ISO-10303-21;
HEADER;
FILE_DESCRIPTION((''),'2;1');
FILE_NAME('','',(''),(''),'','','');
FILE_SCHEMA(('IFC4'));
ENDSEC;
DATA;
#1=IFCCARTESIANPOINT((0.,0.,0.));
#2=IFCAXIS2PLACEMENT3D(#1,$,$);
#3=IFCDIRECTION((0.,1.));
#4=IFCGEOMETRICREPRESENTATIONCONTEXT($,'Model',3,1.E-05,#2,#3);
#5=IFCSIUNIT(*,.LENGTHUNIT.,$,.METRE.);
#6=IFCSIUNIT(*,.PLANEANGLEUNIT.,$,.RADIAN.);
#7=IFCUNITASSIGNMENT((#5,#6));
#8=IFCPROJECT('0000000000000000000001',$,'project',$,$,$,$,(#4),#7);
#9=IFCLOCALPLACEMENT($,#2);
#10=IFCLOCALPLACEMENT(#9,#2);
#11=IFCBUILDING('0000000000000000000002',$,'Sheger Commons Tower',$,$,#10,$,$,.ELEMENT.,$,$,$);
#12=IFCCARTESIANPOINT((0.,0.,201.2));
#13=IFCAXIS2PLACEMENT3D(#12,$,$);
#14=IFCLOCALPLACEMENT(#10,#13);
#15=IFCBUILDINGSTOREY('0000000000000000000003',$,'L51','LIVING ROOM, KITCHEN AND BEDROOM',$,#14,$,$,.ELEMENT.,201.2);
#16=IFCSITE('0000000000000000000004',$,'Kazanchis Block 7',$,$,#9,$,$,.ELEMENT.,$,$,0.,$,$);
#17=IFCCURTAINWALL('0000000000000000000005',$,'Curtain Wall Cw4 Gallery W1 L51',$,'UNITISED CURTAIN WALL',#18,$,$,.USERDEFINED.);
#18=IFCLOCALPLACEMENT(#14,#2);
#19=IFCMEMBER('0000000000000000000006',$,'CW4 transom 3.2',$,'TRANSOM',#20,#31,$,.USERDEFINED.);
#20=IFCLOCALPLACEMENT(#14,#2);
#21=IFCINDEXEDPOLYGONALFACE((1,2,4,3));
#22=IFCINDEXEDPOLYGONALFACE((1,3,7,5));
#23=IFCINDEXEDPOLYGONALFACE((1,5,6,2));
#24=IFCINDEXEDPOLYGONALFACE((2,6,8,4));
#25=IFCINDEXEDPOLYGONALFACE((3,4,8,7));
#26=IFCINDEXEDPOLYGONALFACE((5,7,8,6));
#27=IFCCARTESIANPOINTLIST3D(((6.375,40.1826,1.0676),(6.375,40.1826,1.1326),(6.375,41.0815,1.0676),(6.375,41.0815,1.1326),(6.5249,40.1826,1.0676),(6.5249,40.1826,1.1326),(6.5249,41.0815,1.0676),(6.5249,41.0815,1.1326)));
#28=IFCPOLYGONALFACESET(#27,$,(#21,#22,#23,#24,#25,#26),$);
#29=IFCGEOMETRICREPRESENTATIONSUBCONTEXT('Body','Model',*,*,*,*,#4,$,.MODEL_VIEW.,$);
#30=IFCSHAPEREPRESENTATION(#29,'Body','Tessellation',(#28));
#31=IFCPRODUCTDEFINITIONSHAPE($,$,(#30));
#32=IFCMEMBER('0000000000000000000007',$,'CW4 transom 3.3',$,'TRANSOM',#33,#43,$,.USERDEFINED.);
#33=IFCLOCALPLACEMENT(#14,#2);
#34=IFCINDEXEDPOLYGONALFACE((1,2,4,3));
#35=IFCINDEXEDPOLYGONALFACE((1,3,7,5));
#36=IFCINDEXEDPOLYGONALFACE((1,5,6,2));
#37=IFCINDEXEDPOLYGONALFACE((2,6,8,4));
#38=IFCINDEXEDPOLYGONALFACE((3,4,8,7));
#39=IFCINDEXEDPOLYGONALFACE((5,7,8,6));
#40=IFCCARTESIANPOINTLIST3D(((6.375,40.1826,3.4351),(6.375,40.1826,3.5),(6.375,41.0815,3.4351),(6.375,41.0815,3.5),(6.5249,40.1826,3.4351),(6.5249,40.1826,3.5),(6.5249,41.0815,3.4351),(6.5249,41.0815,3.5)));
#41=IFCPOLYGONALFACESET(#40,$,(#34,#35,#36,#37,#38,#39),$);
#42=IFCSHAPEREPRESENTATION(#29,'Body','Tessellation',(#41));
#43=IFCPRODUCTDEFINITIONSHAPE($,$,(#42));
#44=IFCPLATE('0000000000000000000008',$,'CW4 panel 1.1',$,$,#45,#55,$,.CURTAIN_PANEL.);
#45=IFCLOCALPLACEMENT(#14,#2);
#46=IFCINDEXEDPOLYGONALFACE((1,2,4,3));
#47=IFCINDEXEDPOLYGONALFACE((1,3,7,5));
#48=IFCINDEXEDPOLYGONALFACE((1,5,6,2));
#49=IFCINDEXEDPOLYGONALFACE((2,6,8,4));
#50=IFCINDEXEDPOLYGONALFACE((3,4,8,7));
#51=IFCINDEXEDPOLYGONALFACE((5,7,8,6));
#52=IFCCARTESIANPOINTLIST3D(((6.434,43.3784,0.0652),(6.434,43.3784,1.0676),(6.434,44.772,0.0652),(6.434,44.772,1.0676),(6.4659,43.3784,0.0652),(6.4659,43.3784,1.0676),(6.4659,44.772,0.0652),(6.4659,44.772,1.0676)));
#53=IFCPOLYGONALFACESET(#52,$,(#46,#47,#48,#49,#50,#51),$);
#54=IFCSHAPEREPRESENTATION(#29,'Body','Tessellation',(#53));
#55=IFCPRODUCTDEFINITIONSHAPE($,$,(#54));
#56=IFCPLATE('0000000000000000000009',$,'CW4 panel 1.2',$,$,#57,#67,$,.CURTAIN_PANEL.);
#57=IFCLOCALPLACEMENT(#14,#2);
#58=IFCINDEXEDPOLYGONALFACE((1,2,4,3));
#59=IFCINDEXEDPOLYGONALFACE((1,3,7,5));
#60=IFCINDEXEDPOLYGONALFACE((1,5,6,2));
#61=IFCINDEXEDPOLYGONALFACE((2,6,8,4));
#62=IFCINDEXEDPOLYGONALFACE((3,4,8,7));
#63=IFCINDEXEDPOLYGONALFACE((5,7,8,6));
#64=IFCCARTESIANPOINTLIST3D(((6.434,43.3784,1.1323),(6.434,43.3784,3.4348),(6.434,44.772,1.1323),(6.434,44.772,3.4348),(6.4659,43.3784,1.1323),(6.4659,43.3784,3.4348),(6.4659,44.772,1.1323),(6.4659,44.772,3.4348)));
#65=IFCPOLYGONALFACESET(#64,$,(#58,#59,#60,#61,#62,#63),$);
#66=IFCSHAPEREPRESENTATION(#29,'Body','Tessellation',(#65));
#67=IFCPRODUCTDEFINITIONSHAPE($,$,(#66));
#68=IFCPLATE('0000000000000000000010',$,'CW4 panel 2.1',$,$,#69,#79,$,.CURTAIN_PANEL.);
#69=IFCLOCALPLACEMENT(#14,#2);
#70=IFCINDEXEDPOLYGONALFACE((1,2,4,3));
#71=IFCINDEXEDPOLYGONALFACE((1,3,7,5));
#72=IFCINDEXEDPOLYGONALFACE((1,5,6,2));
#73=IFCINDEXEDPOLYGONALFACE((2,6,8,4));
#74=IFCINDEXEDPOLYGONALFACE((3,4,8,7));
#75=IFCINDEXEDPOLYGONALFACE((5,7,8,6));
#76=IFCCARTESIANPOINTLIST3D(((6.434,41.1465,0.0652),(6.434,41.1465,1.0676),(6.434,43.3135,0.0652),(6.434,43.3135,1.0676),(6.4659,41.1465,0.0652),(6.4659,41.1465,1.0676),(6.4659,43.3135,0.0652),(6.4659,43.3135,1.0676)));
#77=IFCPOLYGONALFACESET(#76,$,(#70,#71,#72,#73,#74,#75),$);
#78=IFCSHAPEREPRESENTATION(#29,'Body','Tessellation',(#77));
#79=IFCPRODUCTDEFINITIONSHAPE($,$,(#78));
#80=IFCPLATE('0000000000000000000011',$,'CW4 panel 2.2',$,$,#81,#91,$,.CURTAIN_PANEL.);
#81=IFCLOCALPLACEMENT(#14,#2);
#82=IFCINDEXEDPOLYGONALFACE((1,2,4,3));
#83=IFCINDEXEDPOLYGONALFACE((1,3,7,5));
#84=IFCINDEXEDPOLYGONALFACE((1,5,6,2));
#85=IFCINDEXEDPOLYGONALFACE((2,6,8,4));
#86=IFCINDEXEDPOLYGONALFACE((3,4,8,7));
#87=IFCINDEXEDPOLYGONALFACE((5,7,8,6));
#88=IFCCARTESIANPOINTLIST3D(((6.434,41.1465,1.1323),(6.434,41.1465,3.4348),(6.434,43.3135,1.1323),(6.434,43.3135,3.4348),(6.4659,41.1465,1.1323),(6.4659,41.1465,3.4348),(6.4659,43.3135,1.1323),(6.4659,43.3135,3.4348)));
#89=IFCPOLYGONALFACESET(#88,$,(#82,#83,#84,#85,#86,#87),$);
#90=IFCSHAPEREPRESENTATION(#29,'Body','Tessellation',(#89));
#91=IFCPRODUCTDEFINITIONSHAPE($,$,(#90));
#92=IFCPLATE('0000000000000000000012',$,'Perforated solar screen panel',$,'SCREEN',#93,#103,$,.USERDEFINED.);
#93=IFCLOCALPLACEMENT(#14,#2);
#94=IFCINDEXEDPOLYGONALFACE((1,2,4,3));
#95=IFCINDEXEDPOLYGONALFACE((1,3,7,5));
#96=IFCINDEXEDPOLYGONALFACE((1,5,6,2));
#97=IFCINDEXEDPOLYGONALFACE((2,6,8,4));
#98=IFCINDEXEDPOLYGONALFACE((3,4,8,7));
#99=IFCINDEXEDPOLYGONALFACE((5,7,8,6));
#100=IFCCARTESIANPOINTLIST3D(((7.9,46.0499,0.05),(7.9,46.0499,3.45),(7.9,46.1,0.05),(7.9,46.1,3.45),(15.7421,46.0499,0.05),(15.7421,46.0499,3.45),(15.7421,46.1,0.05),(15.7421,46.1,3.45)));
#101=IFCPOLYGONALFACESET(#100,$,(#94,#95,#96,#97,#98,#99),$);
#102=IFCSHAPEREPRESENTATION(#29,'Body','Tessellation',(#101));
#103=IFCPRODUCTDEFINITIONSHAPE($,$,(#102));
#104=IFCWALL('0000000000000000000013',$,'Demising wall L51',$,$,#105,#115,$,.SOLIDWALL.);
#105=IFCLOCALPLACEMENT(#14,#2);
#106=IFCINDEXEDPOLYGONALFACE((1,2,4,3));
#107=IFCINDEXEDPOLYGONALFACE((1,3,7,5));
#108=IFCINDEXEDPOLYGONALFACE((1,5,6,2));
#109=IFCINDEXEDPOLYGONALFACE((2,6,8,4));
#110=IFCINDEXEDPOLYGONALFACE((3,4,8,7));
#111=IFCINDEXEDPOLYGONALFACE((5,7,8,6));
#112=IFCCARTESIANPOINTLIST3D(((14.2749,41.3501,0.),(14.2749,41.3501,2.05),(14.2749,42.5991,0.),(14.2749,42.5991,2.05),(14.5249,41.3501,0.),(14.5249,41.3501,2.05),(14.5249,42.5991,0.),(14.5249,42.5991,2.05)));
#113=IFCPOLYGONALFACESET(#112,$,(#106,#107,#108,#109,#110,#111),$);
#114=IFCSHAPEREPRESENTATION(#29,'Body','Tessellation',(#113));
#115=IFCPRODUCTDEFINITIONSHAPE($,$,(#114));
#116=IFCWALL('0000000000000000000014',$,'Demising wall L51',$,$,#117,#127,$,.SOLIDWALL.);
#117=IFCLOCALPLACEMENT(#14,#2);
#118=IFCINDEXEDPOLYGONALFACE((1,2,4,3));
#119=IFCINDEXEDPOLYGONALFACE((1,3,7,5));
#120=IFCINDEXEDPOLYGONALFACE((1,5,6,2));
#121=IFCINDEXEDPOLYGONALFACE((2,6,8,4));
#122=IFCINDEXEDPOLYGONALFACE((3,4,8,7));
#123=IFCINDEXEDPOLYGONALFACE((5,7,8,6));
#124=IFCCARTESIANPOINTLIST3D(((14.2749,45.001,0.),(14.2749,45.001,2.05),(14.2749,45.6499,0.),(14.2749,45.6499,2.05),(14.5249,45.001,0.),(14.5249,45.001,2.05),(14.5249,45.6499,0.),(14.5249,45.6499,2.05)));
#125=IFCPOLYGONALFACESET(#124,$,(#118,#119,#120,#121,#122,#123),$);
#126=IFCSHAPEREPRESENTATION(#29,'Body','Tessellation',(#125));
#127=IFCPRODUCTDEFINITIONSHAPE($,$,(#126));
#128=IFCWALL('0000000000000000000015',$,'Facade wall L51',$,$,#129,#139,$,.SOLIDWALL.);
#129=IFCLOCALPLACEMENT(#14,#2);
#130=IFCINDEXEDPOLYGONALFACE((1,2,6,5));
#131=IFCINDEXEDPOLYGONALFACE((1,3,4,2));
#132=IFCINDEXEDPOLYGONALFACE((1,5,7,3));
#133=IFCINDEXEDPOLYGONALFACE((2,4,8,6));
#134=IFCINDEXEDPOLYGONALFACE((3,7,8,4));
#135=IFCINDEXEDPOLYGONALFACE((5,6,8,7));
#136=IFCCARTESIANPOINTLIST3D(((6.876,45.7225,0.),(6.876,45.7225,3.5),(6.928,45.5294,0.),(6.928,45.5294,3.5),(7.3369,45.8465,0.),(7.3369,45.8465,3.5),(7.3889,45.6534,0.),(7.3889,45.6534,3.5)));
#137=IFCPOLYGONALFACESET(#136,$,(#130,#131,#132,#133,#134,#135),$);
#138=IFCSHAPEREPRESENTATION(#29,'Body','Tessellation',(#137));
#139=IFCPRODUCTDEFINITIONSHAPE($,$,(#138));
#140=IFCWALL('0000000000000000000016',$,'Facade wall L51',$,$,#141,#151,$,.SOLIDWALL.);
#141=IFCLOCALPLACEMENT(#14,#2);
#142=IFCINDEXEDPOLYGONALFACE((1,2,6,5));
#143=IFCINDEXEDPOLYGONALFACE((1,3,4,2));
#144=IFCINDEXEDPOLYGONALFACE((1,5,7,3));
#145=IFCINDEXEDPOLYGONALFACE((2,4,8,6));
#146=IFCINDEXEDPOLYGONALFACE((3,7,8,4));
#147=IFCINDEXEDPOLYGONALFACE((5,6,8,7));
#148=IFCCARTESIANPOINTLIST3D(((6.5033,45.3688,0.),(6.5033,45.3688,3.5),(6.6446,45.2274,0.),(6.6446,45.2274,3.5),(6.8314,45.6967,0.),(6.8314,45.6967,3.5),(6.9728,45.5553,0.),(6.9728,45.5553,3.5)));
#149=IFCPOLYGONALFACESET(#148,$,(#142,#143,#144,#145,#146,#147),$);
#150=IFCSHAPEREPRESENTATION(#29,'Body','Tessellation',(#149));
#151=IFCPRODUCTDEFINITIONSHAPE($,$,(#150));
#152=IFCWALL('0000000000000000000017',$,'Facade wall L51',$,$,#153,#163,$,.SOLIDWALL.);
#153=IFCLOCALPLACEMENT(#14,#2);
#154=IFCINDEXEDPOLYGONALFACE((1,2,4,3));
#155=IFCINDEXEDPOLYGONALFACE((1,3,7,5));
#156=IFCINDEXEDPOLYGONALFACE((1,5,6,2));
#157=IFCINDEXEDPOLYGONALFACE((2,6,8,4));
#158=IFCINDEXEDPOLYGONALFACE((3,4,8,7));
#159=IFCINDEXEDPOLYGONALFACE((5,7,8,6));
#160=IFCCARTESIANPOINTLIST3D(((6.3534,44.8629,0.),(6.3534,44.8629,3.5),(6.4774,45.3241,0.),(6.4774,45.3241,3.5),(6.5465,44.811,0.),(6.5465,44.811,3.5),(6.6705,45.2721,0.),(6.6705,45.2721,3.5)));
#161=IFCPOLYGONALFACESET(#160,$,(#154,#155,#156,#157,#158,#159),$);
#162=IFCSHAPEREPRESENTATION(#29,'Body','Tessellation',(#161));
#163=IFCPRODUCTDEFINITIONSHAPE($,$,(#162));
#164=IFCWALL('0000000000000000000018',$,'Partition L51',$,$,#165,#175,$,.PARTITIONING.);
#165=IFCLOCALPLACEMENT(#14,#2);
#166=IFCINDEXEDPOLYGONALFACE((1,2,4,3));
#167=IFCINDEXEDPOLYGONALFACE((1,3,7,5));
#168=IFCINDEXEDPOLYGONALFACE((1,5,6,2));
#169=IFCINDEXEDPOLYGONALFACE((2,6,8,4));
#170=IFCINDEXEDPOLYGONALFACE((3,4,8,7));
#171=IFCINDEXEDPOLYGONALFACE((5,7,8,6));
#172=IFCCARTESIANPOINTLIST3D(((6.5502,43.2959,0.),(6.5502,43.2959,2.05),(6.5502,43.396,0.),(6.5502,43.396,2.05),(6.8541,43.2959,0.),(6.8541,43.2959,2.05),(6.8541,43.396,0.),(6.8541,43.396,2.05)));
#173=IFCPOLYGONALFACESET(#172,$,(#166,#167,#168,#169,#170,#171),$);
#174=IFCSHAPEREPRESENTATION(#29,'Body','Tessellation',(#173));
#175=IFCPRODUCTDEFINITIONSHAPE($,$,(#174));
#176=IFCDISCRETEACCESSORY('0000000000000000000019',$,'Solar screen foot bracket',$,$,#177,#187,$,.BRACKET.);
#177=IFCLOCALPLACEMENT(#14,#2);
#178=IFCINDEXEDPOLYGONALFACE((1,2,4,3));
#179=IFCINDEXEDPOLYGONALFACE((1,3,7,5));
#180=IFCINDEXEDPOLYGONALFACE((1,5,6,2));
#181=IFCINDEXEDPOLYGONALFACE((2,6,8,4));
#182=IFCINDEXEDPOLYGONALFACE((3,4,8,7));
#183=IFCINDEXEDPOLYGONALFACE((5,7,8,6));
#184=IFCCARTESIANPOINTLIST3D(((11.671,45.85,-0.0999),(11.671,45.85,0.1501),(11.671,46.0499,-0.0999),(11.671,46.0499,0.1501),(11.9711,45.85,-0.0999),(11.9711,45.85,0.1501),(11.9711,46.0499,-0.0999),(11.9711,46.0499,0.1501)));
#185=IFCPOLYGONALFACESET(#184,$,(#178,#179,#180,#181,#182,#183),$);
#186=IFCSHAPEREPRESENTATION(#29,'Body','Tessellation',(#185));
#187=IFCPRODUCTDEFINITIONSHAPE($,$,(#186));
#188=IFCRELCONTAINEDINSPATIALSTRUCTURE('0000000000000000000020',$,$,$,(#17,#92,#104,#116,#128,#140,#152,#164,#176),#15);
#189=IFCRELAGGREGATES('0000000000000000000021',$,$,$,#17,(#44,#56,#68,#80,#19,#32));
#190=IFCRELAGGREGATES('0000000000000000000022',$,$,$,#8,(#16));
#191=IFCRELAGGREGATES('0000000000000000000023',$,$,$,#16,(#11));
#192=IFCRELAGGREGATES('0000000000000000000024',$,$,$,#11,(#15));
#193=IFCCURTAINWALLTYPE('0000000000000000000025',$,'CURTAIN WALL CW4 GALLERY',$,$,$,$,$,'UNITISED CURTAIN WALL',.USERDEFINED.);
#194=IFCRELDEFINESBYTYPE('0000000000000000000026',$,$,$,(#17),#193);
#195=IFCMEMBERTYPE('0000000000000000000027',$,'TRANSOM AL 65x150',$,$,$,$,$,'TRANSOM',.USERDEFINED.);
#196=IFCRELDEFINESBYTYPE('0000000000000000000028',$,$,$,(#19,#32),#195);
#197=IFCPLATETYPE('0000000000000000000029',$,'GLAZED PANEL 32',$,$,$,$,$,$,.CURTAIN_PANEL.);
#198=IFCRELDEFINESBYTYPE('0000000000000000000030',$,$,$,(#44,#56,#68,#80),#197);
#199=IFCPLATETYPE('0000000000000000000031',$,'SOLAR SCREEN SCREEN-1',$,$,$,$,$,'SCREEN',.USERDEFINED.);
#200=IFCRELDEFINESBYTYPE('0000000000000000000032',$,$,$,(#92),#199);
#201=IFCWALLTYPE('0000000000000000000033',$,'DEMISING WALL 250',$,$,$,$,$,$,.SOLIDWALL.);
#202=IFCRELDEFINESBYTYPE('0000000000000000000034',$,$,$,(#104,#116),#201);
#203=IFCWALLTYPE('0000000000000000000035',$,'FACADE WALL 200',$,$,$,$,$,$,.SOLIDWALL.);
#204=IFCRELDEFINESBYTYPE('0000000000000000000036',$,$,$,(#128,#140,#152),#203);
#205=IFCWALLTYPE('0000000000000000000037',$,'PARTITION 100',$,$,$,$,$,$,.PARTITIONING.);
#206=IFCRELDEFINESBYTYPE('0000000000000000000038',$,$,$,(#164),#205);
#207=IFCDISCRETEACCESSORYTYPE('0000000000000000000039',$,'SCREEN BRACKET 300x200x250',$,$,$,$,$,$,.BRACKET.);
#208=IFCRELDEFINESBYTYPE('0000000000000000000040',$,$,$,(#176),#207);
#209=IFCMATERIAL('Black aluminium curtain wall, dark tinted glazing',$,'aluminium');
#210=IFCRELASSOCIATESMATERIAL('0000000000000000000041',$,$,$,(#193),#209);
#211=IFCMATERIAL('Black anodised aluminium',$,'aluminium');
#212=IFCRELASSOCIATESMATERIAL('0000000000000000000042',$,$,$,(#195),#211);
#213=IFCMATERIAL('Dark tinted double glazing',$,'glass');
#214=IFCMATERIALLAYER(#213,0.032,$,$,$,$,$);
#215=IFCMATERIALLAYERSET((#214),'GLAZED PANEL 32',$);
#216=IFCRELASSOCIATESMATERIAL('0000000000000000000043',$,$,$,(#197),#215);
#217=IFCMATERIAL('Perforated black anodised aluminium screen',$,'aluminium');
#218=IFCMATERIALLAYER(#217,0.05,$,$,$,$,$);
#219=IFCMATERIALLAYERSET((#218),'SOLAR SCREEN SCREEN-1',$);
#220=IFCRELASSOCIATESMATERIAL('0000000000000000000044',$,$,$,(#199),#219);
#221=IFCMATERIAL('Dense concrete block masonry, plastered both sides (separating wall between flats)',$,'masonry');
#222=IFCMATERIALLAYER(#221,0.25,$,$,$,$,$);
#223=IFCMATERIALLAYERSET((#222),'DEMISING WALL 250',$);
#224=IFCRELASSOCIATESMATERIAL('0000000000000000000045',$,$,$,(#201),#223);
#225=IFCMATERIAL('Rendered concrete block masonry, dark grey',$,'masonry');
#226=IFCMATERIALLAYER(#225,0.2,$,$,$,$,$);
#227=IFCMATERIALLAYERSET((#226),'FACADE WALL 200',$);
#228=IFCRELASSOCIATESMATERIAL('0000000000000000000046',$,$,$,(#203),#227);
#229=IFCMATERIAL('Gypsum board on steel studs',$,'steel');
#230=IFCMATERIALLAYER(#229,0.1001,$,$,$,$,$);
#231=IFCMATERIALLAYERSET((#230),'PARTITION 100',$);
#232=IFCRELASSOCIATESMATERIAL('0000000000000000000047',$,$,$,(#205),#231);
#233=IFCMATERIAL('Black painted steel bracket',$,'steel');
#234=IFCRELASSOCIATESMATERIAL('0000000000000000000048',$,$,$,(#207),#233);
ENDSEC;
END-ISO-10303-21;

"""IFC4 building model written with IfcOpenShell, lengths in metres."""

from ifc_helpers import new_model, si_unit, direction, frame, frame_2d, origin, origin_2d, place, context, subcontext, project, spatial, rectangle, extrude, material, layer, layer_set, material_profile, profile_set, type_object, element, aggregate, save


model = new_model("IFC4")

# Units and contexts
model_context = context("Model", 3, precision=1e-05, world=origin(), true_north=direction((0.0, 1.0)))
body_context = subcontext(model_context, "Body", "Model", "MODEL_VIEW")
ifc_project = project(units=[si_unit("LENGTHUNIT", "METRE"), si_unit("PLANEANGLEUNIT", "RADIAN")], contexts=[model_context])

# Site, building, storey
site_placement = place(None, origin())
site = spatial("IfcSite", under=ifc_project, at=site_placement, Name="Kazanchis Block 7", CompositionType="ELEMENT", RefElevation=0.0)
building_placement = place(site_placement, origin())
building = spatial("IfcBuilding", under=site, at=building_placement, Name="Sheger Commons Tower", CompositionType="ELEMENT")
storey_placement = place(building_placement, frame((0.0, 0.0, 201.2)))
storey = spatial("IfcBuildingStorey", under=building, at=storey_placement, Name="L51", Description="LIVING ROOM, KITCHEN AND BEDROOM", CompositionType="ELEMENT", Elevation=201.2)

# Curtain wall
ifc_material_1 = material(Name="Black aluminium curtain wall, dark tinted glazing", Category="aluminium")
curtain_wall_type = type_object("IfcCurtainWallType", Name="CURTAIN WALL CW4 GALLERY", ElementType="UNITISED CURTAIN WALL", PredefinedType="USERDEFINED", material=ifc_material_1)
curtain_wall_placement = place(storey_placement, origin())
curtain_wall = element("IfcCurtainWall", 1, at=curtain_wall_placement, inside=storey, type_object=curtain_wall_type, Name="Curtain Wall Cw4 Gallery W1 L51", ObjectType="UNITISED CURTAIN WALL", PredefinedType="USERDEFINED")

# Members
ifc_material_2 = material(Name="Black anodised aluminium", Category="aluminium")
ifc_material_profile_1 = material_profile(ifc_material_2, rectangle(XDim=0.1499, YDim=0.0649, at=origin_2d()), Name="AL 65x150")
ifc_profile_set_1 = profile_set([ifc_material_profile_1], Name="Black anodised aluminium")
member_type_1 = type_object("IfcMemberType", Name="TRANSOM AL 65x150", ElementType="TRANSOM", PredefinedType="USERDEFINED", material=ifc_profile_set_1)
member_1_placement = place(storey_placement, frame((6.45, 41.0815, 1.1001), z_axis=(0.0, -1.0, 0.0), x_axis=(1.0, 0.0, 0.0)))
member_1 = element("IfcMember", 2, at=member_1_placement, type_object=member_type_1, Name="CW4 transom 3.2", ObjectType="TRANSOM", PredefinedType="USERDEFINED", context=body_context, shape_type="SweptSolid", body=[
    extrude(rectangle(XDim=0.1499, YDim=0.0649, at=origin_2d()), origin(), (0.0, 0.0, 1.0), 0.8989),
])
member_2_placement = place(storey_placement, frame((6.45, 41.0815, 3.4675), z_axis=(0.0, -1.0, 0.0), x_axis=(1.0, 0.0, 0.0)))
member_2 = element("IfcMember", 3, at=member_2_placement, type_object=member_type_1, Name="CW4 transom 3.3", ObjectType="TRANSOM", PredefinedType="USERDEFINED", context=body_context, shape_type="SweptSolid", body=[
    extrude(rectangle(XDim=0.1499, YDim=0.0649, at=origin_2d()), origin(), (0.0, 0.0, 1.0), 0.8989),
])

# Plates
ifc_material_3 = material(Name="Dark tinted double glazing", Category="glass")
ifc_layer_1 = layer(ifc_material_3, 0.032)
ifc_layer_set_1 = layer_set([ifc_layer_1], Name="GLAZED PANEL 32")
plate_type_1 = type_object("IfcPlateType", Name="GLAZED PANEL 32", PredefinedType="CURTAIN_PANEL", material=ifc_layer_set_1)
plate_1_placement = place(storey_placement, frame((6.45, 44.0752, 0.0652), z_axis=(0.0, 0.0, 1.0), x_axis=(0.0, -1.0, 0.0)))
plate_1 = element("IfcPlate", 4, at=plate_1_placement, type_object=plate_type_1, Name="CW4 panel 1.1", PredefinedType="CURTAIN_PANEL", context=body_context, shape_type="SweptSolid", body=[
    extrude(rectangle(XDim=1.3936, YDim=0.032, at=origin_2d()), origin(), (0.0, 0.0, 1.0), 1.0024),
])
plate_2_placement = place(storey_placement, frame((6.45, 44.0752, 1.1323), z_axis=(0.0, 0.0, 1.0), x_axis=(0.0, -1.0, 0.0)))
plate_2 = element("IfcPlate", 5, at=plate_2_placement, type_object=plate_type_1, Name="CW4 panel 1.2", PredefinedType="CURTAIN_PANEL", context=body_context, shape_type="SweptSolid", body=[
    extrude(rectangle(XDim=1.3936, YDim=0.032, at=origin_2d()), origin(), (0.0, 0.0, 1.0), 2.3025),
])
plate_3_placement = place(storey_placement, frame((6.45, 42.23, 0.0652), z_axis=(0.0, 0.0, 1.0), x_axis=(0.0, -1.0, 0.0)))
plate_3 = element("IfcPlate", 6, at=plate_3_placement, type_object=plate_type_1, Name="CW4 panel 2.1", PredefinedType="CURTAIN_PANEL", context=body_context, shape_type="SweptSolid", body=[
    extrude(rectangle(XDim=2.167, YDim=0.032, at=origin_2d()), origin(), (0.0, 0.0, 1.0), 1.0024),
])
plate_4_placement = place(storey_placement, frame((6.45, 42.23, 1.1323), z_axis=(0.0, 0.0, 1.0), x_axis=(0.0, -1.0, 0.0)))
plate_4 = element("IfcPlate", 7, at=plate_4_placement, type_object=plate_type_1, Name="CW4 panel 2.2", PredefinedType="CURTAIN_PANEL", context=body_context, shape_type="SweptSolid", body=[
    extrude(rectangle(XDim=2.167, YDim=0.032, at=origin_2d()), origin(), (0.0, 0.0, 1.0), 2.3025),
])
aggregate(curtain_wall, [plate_1, plate_2, plate_3, plate_4, member_1, member_2])
ifc_material_4 = material(Name="Perforated black anodised aluminium screen", Category="aluminium")
ifc_layer_2 = layer(ifc_material_4, 0.05)
ifc_layer_set_2 = layer_set([ifc_layer_2], Name="SOLAR SCREEN SCREEN-1")
plate_type_2 = type_object("IfcPlateType", Name="SOLAR SCREEN SCREEN-1", ElementType="SCREEN", PredefinedType="USERDEFINED", material=ifc_layer_set_2)
plate_5_placement = place(storey_placement, frame((11.821, 46.075, 0.05), z_axis=(0.0, 0.0, 1.0), x_axis=(-1.0, 0.0, 0.0)))
element("IfcPlate", 8, at=plate_5_placement, inside=storey, type_object=plate_type_2, Name="Perforated solar screen panel", ObjectType="SCREEN", PredefinedType="USERDEFINED", context=body_context, shape_type="SweptSolid", body=[
    extrude(rectangle(XDim=7.842, YDim=0.05, at=origin_2d()), origin(), (0.0, 0.0, 1.0), 3.3999),
])

# Walls
ifc_material_5 = material(Name="Dense concrete block masonry, plastered both sides (separating wall between flats)", Category="masonry")
ifc_layer_3 = layer(ifc_material_5, 0.25)
ifc_layer_set_3 = layer_set([ifc_layer_3], Name="DEMISING WALL 250")
wall_type_1 = type_object("IfcWallType", Name="DEMISING WALL 250", PredefinedType="SOLIDWALL", material=ifc_layer_set_3)
wall_1_placement = place(storey_placement, frame((14.3999, 41.3501, 0.0), z_axis=(0.0, 0.0, 1.0), x_axis=(0.0, 1.0, 0.0)))
element("IfcWall", 9, at=wall_1_placement, inside=storey, type_object=wall_type_1, Name="Demising wall L51", PredefinedType="SOLIDWALL", context=body_context, shape_type="SweptSolid", body=[
    extrude(rectangle(XDim=1.249, YDim=0.25, at=frame_2d((0.6245, 0.0))), origin(), (0.0, 0.0, 1.0), 2.05),
])
wall_2_placement = place(storey_placement, frame((14.3999, 45.001, 0.0), z_axis=(0.0, 0.0, 1.0), x_axis=(0.0, 1.0, 0.0)))
element("IfcWall", 10, at=wall_2_placement, inside=storey, type_object=wall_type_1, Name="Demising wall L51", PredefinedType="SOLIDWALL", context=body_context, shape_type="SweptSolid", body=[
    extrude(rectangle(XDim=0.6489, YDim=0.25, at=frame_2d((0.3245, 0.0))), origin(), (0.0, 0.0, 1.0), 2.05),
])
ifc_material_6 = material(Name="Rendered concrete block masonry, dark grey", Category="masonry")
ifc_layer_4 = layer(ifc_material_6, 0.2)
ifc_layer_set_4 = layer_set([ifc_layer_4], Name="FACADE WALL 200")
wall_type_2 = type_object("IfcWallType", Name="FACADE WALL 200", PredefinedType="SOLIDWALL", material=ifc_layer_set_4)
wall_3_placement = place(storey_placement, frame((7.363, 45.75, 0.0), z_axis=(0.0, 0.0, 1.0), x_axis=(-0.965655, -0.259827, 0.0)))
element("IfcWall", 11, at=wall_3_placement, inside=storey, type_object=wall_type_2, Name="Facade wall L51", PredefinedType="SOLIDWALL", context=body_context, shape_type="SweptSolid", body=[
    extrude(rectangle(XDim=0.4773, YDim=0.2, at=frame_2d((0.2388, 0.0))), origin(), (0.0, 0.0, 1.0), 3.5),
])
wall_4_placement = place(storey_placement, frame((6.9021, 45.626, 0.0), z_axis=(0.0, 0.0, 1.0), x_axis=(-0.70737, -0.706844, 0.0)))
element("IfcWall", 12, at=wall_4_placement, inside=storey, type_object=wall_type_2, Name="Facade wall L51", PredefinedType="SOLIDWALL", context=body_context, shape_type="SweptSolid", body=[
    extrude(rectangle(XDim=0.4639, YDim=0.2, at=frame_2d((0.2319, 0.0))), origin(), (0.0, 0.0, 1.0), 3.5),
])
wall_5_placement = place(storey_placement, frame((6.574, 45.2981, 0.0), z_axis=(0.0, 0.0, 1.0), x_axis=(-0.259698, -0.96569, 0.0)))
element("IfcWall", 13, at=wall_5_placement, inside=storey, type_object=wall_type_2, Name="Facade wall L51", PredefinedType="SOLIDWALL", context=body_context, shape_type="SweptSolid", body=[
    extrude(rectangle(XDim=0.4775, YDim=0.2, at=frame_2d((0.2388, 0.0))), origin(), (0.0, 0.0, 1.0), 3.5),
])
ifc_material_7 = material(Name="Gypsum board on steel studs", Category="steel")
ifc_layer_5 = layer(ifc_material_7, 0.1001)
ifc_layer_set_5 = layer_set([ifc_layer_5], Name="PARTITION 100")
wall_type_3 = type_object("IfcWallType", Name="PARTITION 100", PredefinedType="PARTITIONING", material=ifc_layer_set_5)
wall_6_placement = place(storey_placement, frame((6.854, 43.3459, 0.0), z_axis=(0.0, 0.0, 1.0), x_axis=(-1.0, 0.0, 0.0)))
element("IfcWall", 14, at=wall_6_placement, inside=storey, type_object=wall_type_3, Name="Partition L51", PredefinedType="PARTITIONING", context=body_context, shape_type="SweptSolid", body=[
    extrude(rectangle(XDim=0.304, YDim=0.1001, at=frame_2d((0.1519, 0.0))), origin(), (0.0, 0.0, 1.0), 2.05),
])

# Discrete accessory
ifc_material_8 = material(Name="Black painted steel bracket", Category="steel")
discrete_accessory_type = type_object("IfcDiscreteAccessoryType", Name="SCREEN BRACKET 300x200x250", PredefinedType="BRACKET", material=ifc_material_8)
for number, where, z_axis, x_axis, name in (
    (15, (11.821, 45.95, -0.0999), (0.0, 0.0, 1.0), (-1.0, 0.0, 0.0), "Solar screen foot bracket"),
):
    element("IfcDiscreteAccessory", number, at=place(storey_placement, frame(where, z_axis=z_axis, x_axis=x_axis)), inside=storey, type_object=discrete_accessory_type, Name=name, PredefinedType="BRACKET", context=body_context, shape_type="SweptSolid", body=[
        extrude(rectangle(XDim=0.3, YDim=0.2, at=origin_2d()), origin(), (0.0, 0.0, 1.0), 0.25),
    ])

save(model, "model.ifc")
